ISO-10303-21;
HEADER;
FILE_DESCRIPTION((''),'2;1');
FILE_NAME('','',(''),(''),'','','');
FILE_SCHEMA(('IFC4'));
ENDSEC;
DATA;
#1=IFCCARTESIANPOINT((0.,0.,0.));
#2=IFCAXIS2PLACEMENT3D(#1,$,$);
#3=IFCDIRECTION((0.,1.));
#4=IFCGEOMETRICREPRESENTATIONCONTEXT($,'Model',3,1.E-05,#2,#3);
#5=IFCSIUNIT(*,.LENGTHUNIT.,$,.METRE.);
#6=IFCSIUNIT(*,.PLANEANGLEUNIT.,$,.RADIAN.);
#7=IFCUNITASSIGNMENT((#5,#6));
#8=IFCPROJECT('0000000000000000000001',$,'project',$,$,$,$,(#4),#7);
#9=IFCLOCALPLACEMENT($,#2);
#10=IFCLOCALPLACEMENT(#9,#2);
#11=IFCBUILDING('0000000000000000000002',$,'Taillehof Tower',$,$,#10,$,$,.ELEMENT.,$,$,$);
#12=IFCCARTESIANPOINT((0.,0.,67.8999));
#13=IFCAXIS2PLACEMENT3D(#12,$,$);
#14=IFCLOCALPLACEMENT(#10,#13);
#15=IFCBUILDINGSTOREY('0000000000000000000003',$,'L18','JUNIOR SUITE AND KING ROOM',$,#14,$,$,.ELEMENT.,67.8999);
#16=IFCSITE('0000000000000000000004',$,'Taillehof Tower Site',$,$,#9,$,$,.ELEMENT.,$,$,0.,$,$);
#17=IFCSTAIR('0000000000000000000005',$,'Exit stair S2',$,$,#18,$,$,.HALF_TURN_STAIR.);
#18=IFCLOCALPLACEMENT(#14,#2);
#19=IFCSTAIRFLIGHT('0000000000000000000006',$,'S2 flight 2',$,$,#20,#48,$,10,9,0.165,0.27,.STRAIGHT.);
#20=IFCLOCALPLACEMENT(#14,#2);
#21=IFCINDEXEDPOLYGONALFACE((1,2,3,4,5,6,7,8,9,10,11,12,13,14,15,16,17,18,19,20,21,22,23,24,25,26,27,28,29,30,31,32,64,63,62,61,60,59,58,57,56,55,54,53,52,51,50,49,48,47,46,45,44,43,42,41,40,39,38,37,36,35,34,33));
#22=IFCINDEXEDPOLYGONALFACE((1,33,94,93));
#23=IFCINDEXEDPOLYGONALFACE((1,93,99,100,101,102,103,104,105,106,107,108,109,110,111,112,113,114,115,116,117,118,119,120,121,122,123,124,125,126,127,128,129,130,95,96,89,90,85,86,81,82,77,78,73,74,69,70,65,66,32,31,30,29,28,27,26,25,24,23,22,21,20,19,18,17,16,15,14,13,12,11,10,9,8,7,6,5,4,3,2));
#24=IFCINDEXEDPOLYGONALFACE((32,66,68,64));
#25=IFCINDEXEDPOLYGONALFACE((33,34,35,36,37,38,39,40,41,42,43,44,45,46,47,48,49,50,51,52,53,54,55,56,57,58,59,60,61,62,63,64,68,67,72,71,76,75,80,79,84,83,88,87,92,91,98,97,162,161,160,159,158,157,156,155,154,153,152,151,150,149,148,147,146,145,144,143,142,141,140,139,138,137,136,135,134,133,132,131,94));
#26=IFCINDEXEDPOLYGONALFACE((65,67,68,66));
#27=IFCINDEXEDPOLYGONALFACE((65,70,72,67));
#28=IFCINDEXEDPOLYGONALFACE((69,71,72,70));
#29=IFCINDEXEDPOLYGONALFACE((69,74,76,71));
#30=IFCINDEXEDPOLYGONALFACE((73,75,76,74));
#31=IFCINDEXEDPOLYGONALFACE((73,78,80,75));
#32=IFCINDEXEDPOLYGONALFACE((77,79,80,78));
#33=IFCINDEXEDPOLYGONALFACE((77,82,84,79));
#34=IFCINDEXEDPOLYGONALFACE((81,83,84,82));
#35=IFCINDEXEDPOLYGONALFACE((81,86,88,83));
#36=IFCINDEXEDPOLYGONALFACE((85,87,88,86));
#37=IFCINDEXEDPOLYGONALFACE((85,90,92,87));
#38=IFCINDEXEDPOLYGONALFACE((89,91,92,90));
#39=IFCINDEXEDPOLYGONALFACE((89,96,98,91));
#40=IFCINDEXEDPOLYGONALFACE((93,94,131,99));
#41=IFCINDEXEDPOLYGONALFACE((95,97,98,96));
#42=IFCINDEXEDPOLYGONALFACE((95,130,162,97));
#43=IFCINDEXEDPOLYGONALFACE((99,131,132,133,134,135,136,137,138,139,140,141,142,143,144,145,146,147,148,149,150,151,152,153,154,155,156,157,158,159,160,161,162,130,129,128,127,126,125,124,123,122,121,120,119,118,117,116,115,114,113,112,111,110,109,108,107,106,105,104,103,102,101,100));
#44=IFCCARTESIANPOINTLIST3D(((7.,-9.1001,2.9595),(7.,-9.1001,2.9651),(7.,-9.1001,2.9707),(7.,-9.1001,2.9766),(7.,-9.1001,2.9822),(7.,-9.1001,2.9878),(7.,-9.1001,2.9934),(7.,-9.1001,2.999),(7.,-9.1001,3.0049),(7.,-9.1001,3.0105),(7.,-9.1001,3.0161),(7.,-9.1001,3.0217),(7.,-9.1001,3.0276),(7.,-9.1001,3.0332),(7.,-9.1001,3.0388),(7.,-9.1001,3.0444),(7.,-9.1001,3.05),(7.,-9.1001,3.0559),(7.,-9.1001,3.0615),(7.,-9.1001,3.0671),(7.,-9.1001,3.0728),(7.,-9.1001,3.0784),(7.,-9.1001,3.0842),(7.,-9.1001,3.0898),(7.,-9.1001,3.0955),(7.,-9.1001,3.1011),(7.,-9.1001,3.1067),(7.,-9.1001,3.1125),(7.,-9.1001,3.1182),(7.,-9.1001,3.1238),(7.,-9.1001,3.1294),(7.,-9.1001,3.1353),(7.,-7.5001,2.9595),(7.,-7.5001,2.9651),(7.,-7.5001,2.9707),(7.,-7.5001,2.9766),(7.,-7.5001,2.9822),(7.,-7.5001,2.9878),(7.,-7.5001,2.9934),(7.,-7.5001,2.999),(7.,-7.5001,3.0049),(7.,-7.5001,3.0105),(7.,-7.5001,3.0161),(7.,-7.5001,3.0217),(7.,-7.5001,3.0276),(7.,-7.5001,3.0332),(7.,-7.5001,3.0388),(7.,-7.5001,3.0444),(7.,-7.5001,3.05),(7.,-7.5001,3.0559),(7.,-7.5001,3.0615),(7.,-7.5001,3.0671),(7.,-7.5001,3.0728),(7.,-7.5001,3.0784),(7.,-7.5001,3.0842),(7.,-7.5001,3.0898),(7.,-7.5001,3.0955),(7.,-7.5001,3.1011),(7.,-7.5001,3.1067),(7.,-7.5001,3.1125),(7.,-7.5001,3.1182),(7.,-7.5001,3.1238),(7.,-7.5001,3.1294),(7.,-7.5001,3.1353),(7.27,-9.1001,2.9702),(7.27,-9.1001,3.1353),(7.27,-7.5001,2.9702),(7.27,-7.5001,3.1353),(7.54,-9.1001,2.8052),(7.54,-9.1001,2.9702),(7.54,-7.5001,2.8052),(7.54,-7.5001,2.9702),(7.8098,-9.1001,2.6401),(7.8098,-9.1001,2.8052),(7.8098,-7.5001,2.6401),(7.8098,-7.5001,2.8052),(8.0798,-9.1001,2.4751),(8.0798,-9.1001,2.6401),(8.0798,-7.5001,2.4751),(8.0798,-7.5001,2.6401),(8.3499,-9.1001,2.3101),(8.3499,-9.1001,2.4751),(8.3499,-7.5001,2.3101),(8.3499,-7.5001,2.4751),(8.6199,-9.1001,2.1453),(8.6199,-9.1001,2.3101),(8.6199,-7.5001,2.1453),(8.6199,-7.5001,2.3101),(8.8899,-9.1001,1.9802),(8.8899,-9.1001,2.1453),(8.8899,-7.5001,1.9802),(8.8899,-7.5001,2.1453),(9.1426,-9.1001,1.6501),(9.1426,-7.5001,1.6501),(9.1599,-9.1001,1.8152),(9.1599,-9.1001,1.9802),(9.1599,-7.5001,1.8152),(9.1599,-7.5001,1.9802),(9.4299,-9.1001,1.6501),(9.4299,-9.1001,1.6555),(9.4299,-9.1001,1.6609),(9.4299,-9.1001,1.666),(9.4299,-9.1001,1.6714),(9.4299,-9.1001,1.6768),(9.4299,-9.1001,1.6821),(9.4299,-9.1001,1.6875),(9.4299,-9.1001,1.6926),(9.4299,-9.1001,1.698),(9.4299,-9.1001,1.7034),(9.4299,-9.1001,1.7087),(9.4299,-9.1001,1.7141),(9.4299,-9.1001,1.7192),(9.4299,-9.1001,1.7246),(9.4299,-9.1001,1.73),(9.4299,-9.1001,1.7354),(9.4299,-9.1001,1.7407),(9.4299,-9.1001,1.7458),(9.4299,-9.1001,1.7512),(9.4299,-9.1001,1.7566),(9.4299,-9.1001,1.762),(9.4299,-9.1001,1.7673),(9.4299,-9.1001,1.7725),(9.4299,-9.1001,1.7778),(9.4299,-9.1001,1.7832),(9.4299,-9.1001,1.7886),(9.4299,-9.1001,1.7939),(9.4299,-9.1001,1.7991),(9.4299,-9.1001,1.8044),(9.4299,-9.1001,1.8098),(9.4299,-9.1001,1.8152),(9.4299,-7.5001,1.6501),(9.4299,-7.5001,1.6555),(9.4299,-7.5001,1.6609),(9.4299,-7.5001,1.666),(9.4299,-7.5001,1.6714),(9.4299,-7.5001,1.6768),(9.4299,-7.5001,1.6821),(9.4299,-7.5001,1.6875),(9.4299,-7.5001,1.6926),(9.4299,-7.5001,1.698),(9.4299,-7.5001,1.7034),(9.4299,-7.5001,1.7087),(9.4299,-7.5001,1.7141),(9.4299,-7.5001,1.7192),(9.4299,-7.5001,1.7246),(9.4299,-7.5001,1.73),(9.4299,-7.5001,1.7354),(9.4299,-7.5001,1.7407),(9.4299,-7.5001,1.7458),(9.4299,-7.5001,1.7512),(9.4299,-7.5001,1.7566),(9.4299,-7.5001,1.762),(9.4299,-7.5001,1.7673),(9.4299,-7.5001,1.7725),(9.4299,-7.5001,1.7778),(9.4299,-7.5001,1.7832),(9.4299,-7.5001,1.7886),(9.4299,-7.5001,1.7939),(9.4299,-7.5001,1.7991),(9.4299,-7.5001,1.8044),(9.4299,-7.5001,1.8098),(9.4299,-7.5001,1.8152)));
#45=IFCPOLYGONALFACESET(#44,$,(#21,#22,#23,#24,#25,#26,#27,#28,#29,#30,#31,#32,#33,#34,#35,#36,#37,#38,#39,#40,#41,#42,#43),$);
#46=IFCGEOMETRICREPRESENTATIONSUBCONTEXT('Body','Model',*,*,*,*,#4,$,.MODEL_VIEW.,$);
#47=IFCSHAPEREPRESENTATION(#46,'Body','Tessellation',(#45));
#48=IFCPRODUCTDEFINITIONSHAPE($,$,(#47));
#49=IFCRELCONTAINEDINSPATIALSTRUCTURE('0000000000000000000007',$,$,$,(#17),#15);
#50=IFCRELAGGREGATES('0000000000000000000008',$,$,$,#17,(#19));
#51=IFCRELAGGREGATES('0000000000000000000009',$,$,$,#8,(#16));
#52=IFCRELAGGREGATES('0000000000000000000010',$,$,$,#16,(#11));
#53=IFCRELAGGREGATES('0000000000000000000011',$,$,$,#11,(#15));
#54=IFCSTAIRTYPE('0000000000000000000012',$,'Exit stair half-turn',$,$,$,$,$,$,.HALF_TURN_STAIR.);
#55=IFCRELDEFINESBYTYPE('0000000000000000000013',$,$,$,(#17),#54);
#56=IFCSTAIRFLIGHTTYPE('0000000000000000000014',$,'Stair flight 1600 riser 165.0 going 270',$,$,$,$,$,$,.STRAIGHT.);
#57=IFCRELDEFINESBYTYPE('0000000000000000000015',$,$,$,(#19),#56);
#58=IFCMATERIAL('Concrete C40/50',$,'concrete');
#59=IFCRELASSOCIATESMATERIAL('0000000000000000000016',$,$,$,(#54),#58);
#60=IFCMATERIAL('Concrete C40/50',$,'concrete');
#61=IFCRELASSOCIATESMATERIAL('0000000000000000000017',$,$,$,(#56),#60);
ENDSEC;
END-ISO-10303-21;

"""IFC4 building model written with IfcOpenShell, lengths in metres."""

from ifc_helpers import new_model, si_unit, direction, frame, origin, place, context, subcontext, project, spatial, polyline, outline, extrude, material, type_object, element, aggregate, save


model = new_model("IFC4")

# Units and contexts
model_context = context("Model", 3, precision=1e-05, world=origin(), true_north=direction((0.0, 1.0)))
body_context = subcontext(model_context, "Body", "Model", "MODEL_VIEW")
ifc_project = project(units=[si_unit("LENGTHUNIT", "METRE"), si_unit("PLANEANGLEUNIT", "RADIAN")], contexts=[model_context])

# Site, building, storey
site_placement = place(None, origin())
site = spatial("IfcSite", under=ifc_project, at=site_placement, Name="Taillehof Tower Site", CompositionType="ELEMENT", RefElevation=0.0)
building_placement = place(site_placement, origin())
building = spatial("IfcBuilding", under=site, at=building_placement, Name="Taillehof Tower", CompositionType="ELEMENT")
storey_placement = place(building_placement, frame((0.0, 0.0, 67.8999)))
storey = spatial("IfcBuildingStorey", under=building, at=storey_placement, Name="L18", Description="JUNIOR SUITE AND KING ROOM", CompositionType="ELEMENT", Elevation=67.8999)

# Stair, stair flight
ifc_material_1 = material(Name="Concrete C40/50", Category="concrete")
stair_type = type_object("IfcStairType", Name="Exit stair half-turn", PredefinedType="HALF_TURN_STAIR", material=ifc_material_1)
stair_placement = place(storey_placement, origin())
stair = element("IfcStair", 1, at=stair_placement, inside=storey, type_object=stair_type, Name="Exit stair S2", PredefinedType="HALF_TURN_STAIR")
ifc_material_2 = material(Name="Concrete C40/50", Category="concrete")
stair_flight_type = type_object("IfcStairFlightType", Name="Stair flight 1600 riser 165.0 going 270", PredefinedType="STRAIGHT", material=ifc_material_2)
stair_flight_placement = place(storey_placement, frame((9.4299, -8.3, 1.6501), z_axis=(0.0, 0.0, 1.0), x_axis=(-1.0, 0.0, 0.0)))
stair_flight = element("IfcStairFlight", 2, at=stair_flight_placement, type_object=stair_flight_type, Name="S2 flight 2", NumberOfRisers=10, NumberOfTreads=9, PredefinedType="STRAIGHT", RiserHeight=0.165, TreadLength=0.27, context=body_context, shape_type="SweptSolid", body=[
    extrude(outline(polyline([(0.0, 0.0), (0.0, 0.0054), (0.0, 0.0107), (0.0, 0.0159), (0.0, 0.0212), (0.0, 0.0266), (0.0, 0.032), (0.0, 0.0374), (0.0, 0.0425), (0.0, 0.0479), (0.0, 0.0532), (0.0, 0.0586), (0.0, 0.064), (0.0, 0.0691), (0.0, 0.0745), (0.0, 0.0798), (0.0, 0.0852), (0.0, 0.0906), (0.0, 0.0957), (0.0, 0.1011), (0.0, 0.1064), (0.0, 0.1118), (0.0, 0.1172), (0.0, 0.1223), (0.0, 0.1277), (0.0, 0.1331), (0.0, 0.1384), (0.0, 0.1438), (0.0, 0.1489), (0.0, 0.1543), (0.0, 0.1597), (0.0, 0.165), (0.27, 0.165), (0.27, 0.3301), (0.54, 0.3301), (0.54, 0.4951), (0.8101, 0.4951), (0.8101, 0.6599), (1.0801, 0.6599), (1.0801, 0.825), (1.3501, 0.825), (1.3501, 0.99), (1.6201, 0.99), (1.6201, 1.155), (1.8899, 1.155), (1.8899, 1.3201), (2.1599, 1.3201), (2.1599, 1.4851), (2.4299, 1.4851), (2.4299, 1.4792), (2.4299, 1.4736), (2.4299, 1.468), (2.4299, 1.4624), (2.4299, 1.4565), (2.4299, 1.4509), (2.4299, 1.4453), (2.4299, 1.4397), (2.4299, 1.4341), (2.4299, 1.4282), (2.4299, 1.4226), (2.4299, 1.417), (2.4299, 1.4114), (2.4299, 1.4058), (2.4299, 1.3999), (2.4299, 1.3943), (2.4299, 1.3887), (2.4299, 1.3831), (2.4299, 1.3774), (2.4299, 1.3716), (2.4299, 1.366), (2.4299, 1.3604), (2.4299, 1.3547), (2.4299, 1.3489), (2.4299, 1.3433), (2.4299, 1.3376), (2.4299, 1.332), (2.4299, 1.3264), (2.4299, 1.3206), (2.4299, 1.3149), (2.4299, 1.3093), (0.2874, 0.0), (0.0, 0.0)])), frame((0.0, 0.8, 0.0), z_axis=(0.0, -1.0, 0.0), x_axis=(1.0, 0.0, 0.0)), (0.0, 0.0, 1.0), 1.6),
])
aggregate(stair, [stair_flight])

save(model, "model.ifc")
